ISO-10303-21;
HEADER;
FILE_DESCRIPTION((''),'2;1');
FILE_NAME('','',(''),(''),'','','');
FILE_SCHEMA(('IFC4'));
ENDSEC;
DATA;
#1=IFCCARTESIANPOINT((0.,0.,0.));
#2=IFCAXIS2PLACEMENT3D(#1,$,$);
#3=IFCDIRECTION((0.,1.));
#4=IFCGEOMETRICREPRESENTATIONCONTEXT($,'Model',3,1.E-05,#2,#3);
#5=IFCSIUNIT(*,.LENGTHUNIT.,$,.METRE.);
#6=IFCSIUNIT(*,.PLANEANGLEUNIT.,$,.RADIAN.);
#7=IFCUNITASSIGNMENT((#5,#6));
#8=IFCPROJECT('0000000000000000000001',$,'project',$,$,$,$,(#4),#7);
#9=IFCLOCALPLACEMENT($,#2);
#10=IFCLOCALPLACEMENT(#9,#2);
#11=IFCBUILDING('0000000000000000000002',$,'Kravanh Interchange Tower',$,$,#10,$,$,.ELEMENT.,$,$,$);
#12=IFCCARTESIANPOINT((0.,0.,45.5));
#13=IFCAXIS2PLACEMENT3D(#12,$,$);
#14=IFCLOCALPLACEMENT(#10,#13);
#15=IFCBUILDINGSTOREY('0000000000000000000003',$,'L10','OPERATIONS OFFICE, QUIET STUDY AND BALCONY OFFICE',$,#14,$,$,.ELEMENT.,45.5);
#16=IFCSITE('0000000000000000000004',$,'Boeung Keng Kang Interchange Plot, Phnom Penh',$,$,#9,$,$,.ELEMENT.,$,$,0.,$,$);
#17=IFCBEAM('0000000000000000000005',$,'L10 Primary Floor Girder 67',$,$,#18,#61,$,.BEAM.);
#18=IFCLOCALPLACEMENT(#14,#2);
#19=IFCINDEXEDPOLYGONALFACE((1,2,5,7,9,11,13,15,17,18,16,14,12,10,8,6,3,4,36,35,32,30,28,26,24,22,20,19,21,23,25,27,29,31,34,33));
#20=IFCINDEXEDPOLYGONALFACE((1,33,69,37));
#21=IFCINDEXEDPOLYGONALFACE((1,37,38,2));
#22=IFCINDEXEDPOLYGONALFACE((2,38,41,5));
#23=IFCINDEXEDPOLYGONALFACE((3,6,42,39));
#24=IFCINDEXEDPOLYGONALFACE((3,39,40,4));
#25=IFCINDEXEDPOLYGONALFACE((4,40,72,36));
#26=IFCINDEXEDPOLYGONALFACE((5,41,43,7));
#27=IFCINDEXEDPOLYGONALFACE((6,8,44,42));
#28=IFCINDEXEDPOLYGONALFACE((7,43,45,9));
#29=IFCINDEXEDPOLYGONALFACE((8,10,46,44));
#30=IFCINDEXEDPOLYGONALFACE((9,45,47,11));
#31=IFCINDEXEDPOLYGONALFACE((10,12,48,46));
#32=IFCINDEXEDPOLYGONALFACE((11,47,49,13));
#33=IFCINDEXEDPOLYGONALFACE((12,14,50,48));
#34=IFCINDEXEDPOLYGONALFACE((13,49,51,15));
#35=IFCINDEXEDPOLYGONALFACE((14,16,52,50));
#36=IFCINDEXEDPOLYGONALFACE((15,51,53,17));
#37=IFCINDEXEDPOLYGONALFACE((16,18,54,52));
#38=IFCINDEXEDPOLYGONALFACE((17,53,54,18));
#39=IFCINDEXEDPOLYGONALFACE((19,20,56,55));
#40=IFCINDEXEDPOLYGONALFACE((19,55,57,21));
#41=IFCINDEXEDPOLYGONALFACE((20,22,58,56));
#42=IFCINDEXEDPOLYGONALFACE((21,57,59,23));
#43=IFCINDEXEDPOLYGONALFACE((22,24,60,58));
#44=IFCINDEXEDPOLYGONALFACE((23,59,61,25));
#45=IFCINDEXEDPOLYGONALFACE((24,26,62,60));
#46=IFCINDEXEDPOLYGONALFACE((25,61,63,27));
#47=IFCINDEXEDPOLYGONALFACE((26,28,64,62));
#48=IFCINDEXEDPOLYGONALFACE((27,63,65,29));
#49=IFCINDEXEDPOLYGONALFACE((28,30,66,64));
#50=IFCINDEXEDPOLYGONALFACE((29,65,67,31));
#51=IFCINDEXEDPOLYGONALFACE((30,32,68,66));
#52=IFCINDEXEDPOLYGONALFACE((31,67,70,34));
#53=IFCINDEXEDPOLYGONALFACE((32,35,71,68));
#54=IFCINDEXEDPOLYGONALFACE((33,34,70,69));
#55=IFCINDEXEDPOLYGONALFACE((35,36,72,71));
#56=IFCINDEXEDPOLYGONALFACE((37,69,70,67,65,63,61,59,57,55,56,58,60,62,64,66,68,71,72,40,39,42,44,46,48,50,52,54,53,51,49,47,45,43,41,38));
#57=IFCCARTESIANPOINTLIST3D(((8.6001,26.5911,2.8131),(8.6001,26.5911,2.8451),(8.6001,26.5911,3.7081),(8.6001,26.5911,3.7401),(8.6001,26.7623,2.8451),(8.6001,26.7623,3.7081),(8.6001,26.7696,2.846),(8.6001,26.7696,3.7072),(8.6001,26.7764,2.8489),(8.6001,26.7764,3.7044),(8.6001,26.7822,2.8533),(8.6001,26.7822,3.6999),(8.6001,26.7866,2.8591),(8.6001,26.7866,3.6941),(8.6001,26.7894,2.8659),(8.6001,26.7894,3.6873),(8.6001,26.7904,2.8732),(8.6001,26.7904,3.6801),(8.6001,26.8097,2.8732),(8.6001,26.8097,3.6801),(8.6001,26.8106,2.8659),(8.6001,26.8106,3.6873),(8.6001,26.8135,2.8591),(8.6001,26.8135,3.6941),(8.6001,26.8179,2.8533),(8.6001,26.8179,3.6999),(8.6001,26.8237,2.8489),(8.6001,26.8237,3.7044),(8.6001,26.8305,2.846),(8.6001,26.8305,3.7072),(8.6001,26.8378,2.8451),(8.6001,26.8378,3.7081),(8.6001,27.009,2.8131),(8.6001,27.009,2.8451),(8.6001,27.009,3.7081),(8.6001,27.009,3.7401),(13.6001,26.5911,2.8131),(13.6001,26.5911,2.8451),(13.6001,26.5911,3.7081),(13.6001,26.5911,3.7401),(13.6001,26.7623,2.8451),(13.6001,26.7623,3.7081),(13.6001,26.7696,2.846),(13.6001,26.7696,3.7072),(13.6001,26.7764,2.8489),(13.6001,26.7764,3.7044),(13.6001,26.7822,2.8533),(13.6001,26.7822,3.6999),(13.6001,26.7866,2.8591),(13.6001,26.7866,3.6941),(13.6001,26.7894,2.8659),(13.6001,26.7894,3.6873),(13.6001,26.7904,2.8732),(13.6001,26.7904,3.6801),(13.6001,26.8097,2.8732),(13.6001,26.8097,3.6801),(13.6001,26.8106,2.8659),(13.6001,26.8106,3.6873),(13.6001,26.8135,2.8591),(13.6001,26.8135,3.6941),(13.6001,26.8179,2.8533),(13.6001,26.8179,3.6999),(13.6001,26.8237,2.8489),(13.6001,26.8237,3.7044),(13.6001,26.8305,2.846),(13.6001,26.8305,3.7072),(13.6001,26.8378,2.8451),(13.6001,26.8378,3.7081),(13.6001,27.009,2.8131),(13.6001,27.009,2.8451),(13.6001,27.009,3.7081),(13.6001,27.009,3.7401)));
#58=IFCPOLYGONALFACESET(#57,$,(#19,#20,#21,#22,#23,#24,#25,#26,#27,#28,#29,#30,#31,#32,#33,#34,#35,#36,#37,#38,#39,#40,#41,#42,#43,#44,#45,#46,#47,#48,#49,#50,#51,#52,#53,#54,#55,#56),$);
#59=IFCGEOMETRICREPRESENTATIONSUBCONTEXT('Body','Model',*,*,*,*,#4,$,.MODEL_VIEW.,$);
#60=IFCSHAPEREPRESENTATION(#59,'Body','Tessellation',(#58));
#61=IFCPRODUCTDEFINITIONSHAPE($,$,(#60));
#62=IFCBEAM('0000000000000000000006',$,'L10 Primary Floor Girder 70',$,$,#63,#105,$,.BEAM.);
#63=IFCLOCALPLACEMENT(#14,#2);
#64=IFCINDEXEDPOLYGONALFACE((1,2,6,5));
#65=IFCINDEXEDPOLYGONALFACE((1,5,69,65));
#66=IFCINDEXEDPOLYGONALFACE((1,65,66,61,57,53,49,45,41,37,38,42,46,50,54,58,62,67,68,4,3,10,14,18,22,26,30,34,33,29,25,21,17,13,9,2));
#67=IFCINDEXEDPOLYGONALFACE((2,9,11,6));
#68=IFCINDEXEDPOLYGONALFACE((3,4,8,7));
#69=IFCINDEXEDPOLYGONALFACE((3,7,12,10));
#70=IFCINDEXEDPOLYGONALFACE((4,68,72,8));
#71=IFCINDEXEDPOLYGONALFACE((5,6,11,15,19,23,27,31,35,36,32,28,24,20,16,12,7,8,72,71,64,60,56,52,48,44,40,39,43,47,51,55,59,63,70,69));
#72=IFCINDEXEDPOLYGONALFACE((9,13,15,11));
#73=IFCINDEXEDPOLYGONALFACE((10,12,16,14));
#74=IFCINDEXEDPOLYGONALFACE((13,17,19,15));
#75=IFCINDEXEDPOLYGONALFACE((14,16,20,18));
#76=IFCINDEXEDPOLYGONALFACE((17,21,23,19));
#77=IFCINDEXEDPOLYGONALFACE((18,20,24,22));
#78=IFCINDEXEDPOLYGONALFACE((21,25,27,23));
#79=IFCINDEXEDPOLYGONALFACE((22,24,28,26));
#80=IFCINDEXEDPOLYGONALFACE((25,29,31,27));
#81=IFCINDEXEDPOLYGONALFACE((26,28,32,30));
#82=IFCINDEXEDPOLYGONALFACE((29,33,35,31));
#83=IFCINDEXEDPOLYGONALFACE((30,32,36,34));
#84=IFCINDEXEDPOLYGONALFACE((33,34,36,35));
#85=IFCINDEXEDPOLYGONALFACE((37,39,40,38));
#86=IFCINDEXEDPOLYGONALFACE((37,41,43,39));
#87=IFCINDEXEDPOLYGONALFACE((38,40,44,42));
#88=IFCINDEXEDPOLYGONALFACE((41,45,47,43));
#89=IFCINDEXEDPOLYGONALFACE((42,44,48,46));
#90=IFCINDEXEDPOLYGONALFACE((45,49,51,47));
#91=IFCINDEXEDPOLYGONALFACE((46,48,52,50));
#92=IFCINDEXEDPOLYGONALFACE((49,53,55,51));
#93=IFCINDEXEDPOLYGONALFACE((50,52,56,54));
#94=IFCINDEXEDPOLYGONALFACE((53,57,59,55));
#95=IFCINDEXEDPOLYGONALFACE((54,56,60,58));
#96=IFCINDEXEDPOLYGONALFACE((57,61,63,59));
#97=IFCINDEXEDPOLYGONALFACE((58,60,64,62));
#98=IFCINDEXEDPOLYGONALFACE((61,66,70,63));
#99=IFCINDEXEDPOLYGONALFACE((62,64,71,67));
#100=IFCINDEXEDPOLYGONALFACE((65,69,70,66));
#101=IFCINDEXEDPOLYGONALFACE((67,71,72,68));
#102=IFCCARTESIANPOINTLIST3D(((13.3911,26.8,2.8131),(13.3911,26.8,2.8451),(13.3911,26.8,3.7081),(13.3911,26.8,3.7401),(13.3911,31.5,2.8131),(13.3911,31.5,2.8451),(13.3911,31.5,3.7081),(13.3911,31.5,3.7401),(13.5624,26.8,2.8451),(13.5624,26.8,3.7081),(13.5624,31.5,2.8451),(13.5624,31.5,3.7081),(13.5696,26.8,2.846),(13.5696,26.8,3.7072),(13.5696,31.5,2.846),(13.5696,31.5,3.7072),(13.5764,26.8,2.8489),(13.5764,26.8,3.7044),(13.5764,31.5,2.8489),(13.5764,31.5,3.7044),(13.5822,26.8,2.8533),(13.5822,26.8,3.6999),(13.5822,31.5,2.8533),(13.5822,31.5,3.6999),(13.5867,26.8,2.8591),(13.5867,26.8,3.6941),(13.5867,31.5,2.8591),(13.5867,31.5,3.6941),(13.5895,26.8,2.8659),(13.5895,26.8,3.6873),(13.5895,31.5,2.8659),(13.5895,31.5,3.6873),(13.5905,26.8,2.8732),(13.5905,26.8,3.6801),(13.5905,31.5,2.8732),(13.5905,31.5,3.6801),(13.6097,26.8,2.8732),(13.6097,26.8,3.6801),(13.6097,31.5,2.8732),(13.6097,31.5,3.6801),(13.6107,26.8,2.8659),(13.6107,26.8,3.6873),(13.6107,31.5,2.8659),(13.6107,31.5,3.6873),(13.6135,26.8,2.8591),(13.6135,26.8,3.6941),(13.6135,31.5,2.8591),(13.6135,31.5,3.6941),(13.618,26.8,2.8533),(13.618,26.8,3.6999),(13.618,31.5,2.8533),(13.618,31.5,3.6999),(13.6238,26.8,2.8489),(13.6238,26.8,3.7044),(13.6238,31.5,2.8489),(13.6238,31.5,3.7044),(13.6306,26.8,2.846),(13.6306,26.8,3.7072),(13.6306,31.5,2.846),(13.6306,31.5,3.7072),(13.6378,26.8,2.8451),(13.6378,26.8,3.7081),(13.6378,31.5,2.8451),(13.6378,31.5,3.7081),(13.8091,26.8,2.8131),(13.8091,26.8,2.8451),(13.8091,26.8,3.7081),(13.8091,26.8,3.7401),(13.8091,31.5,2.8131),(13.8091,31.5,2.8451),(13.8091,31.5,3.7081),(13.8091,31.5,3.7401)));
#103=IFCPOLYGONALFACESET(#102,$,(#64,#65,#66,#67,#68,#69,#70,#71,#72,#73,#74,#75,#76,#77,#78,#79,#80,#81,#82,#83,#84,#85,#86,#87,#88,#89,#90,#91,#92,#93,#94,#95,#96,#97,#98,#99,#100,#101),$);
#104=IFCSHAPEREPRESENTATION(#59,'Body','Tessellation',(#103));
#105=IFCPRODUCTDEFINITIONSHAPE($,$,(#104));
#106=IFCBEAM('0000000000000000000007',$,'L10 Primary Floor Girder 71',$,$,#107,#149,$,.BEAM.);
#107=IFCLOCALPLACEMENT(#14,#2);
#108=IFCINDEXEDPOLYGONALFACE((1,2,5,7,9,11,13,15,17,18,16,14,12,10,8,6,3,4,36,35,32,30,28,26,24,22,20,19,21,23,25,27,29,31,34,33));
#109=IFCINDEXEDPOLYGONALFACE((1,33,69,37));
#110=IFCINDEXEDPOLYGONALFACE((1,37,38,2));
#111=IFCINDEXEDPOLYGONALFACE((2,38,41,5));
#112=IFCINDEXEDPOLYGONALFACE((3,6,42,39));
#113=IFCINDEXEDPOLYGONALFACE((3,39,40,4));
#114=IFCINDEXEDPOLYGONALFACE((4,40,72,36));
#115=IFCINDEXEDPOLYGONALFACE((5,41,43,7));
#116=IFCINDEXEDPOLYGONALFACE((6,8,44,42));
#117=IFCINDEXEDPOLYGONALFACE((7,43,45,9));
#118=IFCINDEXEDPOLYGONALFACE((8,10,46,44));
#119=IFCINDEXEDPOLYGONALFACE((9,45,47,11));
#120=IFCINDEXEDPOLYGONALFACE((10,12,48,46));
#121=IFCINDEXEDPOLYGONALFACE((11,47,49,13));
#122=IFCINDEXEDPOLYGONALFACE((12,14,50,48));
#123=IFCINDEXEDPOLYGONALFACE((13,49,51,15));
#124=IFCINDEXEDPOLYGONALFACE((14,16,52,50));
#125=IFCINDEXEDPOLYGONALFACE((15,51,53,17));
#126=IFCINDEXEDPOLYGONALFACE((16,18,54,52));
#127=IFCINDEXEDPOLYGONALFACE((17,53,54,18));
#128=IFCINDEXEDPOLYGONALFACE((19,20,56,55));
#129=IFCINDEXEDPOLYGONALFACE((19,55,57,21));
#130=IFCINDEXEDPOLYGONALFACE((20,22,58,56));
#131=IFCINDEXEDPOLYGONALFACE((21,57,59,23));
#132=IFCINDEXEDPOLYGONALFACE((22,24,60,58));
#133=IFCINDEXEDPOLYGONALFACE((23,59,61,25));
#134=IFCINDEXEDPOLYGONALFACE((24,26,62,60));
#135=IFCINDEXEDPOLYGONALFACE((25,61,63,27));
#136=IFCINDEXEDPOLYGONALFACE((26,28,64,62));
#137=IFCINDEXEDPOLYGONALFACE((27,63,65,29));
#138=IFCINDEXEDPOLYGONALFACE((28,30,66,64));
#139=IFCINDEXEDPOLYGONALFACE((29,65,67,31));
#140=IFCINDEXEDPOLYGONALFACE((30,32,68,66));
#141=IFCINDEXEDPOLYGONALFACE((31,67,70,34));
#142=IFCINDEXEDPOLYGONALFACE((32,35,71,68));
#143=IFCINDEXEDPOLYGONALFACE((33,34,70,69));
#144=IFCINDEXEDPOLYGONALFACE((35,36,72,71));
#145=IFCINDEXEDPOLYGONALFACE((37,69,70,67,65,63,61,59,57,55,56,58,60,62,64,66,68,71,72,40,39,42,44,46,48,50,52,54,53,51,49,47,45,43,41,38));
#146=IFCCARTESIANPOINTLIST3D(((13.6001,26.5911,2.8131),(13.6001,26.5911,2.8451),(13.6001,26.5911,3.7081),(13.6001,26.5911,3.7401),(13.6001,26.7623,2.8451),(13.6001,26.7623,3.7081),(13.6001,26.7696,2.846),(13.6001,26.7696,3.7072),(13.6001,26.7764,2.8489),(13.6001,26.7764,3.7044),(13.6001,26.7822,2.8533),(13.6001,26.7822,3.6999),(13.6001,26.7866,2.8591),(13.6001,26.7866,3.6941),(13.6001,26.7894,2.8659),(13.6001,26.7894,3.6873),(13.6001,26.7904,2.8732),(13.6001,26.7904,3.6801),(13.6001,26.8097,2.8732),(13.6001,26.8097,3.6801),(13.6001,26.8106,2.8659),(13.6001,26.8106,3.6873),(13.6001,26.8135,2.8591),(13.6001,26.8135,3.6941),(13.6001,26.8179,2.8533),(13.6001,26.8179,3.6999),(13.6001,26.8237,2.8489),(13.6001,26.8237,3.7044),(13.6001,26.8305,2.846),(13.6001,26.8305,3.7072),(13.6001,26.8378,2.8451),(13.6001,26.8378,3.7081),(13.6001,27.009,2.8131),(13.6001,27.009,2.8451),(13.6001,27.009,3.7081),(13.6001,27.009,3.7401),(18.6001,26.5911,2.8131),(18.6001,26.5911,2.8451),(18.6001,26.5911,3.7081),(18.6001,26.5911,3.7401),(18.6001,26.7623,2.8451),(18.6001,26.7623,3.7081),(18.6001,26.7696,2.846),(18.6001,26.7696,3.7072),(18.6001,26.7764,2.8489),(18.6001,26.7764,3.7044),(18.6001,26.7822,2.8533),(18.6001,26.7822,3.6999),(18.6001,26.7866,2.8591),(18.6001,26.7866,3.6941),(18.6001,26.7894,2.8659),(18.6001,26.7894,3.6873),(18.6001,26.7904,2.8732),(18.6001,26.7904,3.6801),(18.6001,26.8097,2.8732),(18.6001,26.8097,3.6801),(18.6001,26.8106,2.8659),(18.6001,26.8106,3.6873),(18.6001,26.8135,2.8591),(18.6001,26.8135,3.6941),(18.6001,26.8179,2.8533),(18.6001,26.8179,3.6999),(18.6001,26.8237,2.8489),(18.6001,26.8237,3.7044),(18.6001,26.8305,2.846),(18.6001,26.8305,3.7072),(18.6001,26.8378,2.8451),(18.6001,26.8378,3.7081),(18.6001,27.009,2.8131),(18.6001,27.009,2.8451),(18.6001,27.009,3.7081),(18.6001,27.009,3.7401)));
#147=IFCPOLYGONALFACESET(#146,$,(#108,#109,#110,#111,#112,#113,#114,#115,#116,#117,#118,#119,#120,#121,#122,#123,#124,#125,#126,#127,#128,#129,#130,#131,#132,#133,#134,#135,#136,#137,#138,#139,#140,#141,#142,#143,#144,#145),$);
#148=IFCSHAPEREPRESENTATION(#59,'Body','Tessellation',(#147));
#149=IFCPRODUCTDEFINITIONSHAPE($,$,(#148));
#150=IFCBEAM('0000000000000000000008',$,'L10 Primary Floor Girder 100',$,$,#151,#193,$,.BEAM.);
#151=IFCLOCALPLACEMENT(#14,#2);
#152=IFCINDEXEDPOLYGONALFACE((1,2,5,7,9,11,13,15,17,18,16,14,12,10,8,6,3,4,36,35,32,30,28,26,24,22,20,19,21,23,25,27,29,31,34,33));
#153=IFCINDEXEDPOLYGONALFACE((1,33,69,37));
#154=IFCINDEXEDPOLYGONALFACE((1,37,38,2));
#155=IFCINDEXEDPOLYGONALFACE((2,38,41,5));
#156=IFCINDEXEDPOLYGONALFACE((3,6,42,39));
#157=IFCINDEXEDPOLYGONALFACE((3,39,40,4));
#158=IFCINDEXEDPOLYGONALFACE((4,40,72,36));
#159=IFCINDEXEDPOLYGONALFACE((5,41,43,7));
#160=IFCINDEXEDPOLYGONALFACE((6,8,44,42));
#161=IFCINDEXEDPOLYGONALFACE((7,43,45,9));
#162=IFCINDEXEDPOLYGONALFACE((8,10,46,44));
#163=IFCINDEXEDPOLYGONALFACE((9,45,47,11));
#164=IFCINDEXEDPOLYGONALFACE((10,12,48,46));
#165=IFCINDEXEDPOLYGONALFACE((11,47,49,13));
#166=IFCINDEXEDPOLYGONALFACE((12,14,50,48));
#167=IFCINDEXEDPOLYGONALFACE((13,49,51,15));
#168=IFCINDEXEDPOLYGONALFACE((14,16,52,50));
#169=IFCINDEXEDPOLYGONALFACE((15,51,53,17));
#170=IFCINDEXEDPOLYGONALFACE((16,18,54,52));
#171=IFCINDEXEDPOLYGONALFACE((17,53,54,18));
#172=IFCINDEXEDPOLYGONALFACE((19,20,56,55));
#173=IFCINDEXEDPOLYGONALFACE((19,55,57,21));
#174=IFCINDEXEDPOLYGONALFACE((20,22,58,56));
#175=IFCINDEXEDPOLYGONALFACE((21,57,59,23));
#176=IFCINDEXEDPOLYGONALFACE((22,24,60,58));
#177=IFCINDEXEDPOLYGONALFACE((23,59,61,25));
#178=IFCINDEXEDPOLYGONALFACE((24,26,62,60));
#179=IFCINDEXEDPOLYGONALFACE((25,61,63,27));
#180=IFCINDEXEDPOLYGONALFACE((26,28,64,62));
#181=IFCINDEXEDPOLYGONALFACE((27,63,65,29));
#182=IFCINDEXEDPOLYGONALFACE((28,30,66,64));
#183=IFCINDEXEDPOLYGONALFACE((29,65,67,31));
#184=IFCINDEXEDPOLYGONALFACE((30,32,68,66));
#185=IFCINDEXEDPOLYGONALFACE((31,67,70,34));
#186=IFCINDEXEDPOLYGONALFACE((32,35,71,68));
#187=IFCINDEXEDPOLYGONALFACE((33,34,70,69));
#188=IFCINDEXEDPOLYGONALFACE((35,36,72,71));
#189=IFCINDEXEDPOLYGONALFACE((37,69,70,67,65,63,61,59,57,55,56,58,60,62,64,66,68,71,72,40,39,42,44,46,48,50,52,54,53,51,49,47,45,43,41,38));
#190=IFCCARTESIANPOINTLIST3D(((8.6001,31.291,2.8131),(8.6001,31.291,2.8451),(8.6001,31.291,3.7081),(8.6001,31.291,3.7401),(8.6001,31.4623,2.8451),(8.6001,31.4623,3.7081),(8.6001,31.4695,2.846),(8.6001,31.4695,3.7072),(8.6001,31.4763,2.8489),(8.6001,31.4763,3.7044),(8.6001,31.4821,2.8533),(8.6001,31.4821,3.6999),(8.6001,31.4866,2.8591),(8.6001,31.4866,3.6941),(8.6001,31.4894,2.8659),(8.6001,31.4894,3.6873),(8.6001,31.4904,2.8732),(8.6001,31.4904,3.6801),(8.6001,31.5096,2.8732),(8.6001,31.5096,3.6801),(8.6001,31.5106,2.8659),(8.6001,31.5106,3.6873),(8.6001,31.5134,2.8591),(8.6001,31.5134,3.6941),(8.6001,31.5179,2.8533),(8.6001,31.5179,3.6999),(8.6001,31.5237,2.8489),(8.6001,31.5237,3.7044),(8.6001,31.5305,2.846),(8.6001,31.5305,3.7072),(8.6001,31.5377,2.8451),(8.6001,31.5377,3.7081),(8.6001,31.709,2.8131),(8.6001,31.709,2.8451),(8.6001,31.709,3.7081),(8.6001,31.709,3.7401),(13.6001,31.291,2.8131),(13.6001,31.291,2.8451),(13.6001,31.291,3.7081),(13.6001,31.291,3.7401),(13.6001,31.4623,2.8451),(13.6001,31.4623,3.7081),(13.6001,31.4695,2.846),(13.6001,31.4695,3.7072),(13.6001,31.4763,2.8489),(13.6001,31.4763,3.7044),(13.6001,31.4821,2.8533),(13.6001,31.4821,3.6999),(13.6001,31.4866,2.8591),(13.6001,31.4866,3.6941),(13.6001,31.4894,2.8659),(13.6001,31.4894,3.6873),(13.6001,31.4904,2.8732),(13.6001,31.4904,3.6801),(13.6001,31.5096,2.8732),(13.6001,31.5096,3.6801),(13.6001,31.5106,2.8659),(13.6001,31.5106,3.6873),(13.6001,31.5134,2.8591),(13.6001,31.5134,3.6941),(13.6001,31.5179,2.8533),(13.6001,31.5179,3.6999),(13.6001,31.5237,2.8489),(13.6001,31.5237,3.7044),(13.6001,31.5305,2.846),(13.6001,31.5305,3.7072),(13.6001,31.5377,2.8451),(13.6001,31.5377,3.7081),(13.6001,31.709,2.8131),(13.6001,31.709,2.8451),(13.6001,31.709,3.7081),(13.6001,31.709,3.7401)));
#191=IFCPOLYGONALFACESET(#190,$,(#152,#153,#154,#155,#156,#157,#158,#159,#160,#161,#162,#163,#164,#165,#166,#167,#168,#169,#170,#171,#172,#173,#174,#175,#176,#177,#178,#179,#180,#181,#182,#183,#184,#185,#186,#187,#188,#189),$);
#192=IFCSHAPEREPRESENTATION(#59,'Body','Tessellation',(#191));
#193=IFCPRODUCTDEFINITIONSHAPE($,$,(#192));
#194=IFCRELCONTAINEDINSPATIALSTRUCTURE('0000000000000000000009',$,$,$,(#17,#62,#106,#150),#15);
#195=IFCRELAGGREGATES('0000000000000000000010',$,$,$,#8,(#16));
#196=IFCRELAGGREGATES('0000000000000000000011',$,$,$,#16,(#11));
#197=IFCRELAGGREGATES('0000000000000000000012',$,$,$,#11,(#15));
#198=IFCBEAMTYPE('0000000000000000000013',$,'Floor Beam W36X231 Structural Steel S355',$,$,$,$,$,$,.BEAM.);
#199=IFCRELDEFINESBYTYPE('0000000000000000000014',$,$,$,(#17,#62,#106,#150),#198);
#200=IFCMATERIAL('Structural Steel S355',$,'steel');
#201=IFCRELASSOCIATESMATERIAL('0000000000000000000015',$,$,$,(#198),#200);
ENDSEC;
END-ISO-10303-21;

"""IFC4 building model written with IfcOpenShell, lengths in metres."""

from ifc_helpers import new_model, si_unit, direction, frame, origin, origin_2d, place, context, subcontext, project, spatial, i_section, extrude, material, material_profile, profile_set, type_object, element, save


model = new_model("IFC4")

# Units and contexts
model_context = context("Model", 3, precision=1e-05, world=origin(), true_north=direction((0.0, 1.0)))
body_context = subcontext(model_context, "Body", "Model", "MODEL_VIEW")
ifc_project = project(units=[si_unit("LENGTHUNIT", "METRE"), si_unit("PLANEANGLEUNIT", "RADIAN")], contexts=[model_context])

# Site, building, storey
site_placement = place(None, origin())
site = spatial("IfcSite", under=ifc_project, at=site_placement, Name="Boeung Keng Kang Interchange Plot, Phnom Penh", CompositionType="ELEMENT", RefElevation=0.0)
building_placement = place(site_placement, origin())
building = spatial("IfcBuilding", under=site, at=building_placement, Name="Kravanh Interchange Tower", CompositionType="ELEMENT")
storey_placement = place(building_placement, frame((0.0, 0.0, 45.5)))
storey = spatial("IfcBuildingStorey", under=building, at=storey_placement, Name="L10", Description="OPERATIONS OFFICE, QUIET STUDY AND BALCONY OFFICE", CompositionType="ELEMENT", Elevation=45.5)

# Beams
ifc_material_1 = material(Name="Structural Steel S355", Category="steel")
ifc_material_profile_1 = material_profile(ifc_material_1, i_section(OverallWidth=0.418, OverallDepth=0.927, WebThickness=0.0193, FlangeThickness=0.032, FilletRadius=0.0281, at=origin_2d()), Name="W36X231")
ifc_profile_set_1 = profile_set([ifc_material_profile_1], Name="Structural Steel S355")
beam_type_1 = type_object("IfcBeamType", Name="Floor Beam W36X231 Structural Steel S355", PredefinedType="BEAM", material=ifc_profile_set_1)
beam_1_placement = place(storey_placement, frame((8.6001, 26.8, 3.2766), z_axis=(1.0, 0.0, 0.0), x_axis=(0.0, 1.0, 0.0)))
element("IfcBeam", 1, at=beam_1_placement, inside=storey, type_object=beam_type_1, Name="L10 Primary Floor Girder 67", PredefinedType="BEAM", context=body_context, shape_type="SweptSolid", body=[
    extrude(i_section(OverallWidth=0.418, OverallDepth=0.927, WebThickness=0.0193, FlangeThickness=0.032, FilletRadius=0.0281, at=origin_2d()), origin(), (0.0, 0.0, 1.0), 5.0),
])
beam_2_placement = place(storey_placement, frame((13.6001, 26.8, 3.2766), z_axis=(0.0, 1.0, 0.0), x_axis=(-1.0, 0.0, 0.0)))
element("IfcBeam", 2, at=beam_2_placement, inside=storey, type_object=beam_type_1, Name="L10 Primary Floor Girder 70", PredefinedType="BEAM", context=body_context, shape_type="SweptSolid", body=[
    extrude(i_section(OverallWidth=0.418, OverallDepth=0.927, WebThickness=0.0193, FlangeThickness=0.032, FilletRadius=0.0281, at=origin_2d()), origin(), (0.0, 0.0, 1.0), 4.7),
])
for number, where, z_axis, x_axis, name in (
    (3, (13.6001, 26.8, 3.2766), (1.0, 0.0, 0.0), (0.0, 1.0, 0.0), "L10 Primary Floor Girder 71"),
    (4, (8.6001, 31.5, 3.2766), (1.0, 0.0, 0.0), (0.0, 1.0, 0.0), "L10 Primary Floor Girder 100"),
):
    element("IfcBeam", number, at=place(storey_placement, frame(where, z_axis=z_axis, x_axis=x_axis)), inside=storey, type_object=beam_type_1, Name=name, PredefinedType="BEAM", context=body_context, shape_type="SweptSolid", body=[
        extrude(i_section(OverallWidth=0.418, OverallDepth=0.927, WebThickness=0.0193, FlangeThickness=0.032, FilletRadius=0.0281, at=origin_2d()), origin(), (0.0, 0.0, 1.0), 5.0),
    ])

save(model, "model.ifc")
